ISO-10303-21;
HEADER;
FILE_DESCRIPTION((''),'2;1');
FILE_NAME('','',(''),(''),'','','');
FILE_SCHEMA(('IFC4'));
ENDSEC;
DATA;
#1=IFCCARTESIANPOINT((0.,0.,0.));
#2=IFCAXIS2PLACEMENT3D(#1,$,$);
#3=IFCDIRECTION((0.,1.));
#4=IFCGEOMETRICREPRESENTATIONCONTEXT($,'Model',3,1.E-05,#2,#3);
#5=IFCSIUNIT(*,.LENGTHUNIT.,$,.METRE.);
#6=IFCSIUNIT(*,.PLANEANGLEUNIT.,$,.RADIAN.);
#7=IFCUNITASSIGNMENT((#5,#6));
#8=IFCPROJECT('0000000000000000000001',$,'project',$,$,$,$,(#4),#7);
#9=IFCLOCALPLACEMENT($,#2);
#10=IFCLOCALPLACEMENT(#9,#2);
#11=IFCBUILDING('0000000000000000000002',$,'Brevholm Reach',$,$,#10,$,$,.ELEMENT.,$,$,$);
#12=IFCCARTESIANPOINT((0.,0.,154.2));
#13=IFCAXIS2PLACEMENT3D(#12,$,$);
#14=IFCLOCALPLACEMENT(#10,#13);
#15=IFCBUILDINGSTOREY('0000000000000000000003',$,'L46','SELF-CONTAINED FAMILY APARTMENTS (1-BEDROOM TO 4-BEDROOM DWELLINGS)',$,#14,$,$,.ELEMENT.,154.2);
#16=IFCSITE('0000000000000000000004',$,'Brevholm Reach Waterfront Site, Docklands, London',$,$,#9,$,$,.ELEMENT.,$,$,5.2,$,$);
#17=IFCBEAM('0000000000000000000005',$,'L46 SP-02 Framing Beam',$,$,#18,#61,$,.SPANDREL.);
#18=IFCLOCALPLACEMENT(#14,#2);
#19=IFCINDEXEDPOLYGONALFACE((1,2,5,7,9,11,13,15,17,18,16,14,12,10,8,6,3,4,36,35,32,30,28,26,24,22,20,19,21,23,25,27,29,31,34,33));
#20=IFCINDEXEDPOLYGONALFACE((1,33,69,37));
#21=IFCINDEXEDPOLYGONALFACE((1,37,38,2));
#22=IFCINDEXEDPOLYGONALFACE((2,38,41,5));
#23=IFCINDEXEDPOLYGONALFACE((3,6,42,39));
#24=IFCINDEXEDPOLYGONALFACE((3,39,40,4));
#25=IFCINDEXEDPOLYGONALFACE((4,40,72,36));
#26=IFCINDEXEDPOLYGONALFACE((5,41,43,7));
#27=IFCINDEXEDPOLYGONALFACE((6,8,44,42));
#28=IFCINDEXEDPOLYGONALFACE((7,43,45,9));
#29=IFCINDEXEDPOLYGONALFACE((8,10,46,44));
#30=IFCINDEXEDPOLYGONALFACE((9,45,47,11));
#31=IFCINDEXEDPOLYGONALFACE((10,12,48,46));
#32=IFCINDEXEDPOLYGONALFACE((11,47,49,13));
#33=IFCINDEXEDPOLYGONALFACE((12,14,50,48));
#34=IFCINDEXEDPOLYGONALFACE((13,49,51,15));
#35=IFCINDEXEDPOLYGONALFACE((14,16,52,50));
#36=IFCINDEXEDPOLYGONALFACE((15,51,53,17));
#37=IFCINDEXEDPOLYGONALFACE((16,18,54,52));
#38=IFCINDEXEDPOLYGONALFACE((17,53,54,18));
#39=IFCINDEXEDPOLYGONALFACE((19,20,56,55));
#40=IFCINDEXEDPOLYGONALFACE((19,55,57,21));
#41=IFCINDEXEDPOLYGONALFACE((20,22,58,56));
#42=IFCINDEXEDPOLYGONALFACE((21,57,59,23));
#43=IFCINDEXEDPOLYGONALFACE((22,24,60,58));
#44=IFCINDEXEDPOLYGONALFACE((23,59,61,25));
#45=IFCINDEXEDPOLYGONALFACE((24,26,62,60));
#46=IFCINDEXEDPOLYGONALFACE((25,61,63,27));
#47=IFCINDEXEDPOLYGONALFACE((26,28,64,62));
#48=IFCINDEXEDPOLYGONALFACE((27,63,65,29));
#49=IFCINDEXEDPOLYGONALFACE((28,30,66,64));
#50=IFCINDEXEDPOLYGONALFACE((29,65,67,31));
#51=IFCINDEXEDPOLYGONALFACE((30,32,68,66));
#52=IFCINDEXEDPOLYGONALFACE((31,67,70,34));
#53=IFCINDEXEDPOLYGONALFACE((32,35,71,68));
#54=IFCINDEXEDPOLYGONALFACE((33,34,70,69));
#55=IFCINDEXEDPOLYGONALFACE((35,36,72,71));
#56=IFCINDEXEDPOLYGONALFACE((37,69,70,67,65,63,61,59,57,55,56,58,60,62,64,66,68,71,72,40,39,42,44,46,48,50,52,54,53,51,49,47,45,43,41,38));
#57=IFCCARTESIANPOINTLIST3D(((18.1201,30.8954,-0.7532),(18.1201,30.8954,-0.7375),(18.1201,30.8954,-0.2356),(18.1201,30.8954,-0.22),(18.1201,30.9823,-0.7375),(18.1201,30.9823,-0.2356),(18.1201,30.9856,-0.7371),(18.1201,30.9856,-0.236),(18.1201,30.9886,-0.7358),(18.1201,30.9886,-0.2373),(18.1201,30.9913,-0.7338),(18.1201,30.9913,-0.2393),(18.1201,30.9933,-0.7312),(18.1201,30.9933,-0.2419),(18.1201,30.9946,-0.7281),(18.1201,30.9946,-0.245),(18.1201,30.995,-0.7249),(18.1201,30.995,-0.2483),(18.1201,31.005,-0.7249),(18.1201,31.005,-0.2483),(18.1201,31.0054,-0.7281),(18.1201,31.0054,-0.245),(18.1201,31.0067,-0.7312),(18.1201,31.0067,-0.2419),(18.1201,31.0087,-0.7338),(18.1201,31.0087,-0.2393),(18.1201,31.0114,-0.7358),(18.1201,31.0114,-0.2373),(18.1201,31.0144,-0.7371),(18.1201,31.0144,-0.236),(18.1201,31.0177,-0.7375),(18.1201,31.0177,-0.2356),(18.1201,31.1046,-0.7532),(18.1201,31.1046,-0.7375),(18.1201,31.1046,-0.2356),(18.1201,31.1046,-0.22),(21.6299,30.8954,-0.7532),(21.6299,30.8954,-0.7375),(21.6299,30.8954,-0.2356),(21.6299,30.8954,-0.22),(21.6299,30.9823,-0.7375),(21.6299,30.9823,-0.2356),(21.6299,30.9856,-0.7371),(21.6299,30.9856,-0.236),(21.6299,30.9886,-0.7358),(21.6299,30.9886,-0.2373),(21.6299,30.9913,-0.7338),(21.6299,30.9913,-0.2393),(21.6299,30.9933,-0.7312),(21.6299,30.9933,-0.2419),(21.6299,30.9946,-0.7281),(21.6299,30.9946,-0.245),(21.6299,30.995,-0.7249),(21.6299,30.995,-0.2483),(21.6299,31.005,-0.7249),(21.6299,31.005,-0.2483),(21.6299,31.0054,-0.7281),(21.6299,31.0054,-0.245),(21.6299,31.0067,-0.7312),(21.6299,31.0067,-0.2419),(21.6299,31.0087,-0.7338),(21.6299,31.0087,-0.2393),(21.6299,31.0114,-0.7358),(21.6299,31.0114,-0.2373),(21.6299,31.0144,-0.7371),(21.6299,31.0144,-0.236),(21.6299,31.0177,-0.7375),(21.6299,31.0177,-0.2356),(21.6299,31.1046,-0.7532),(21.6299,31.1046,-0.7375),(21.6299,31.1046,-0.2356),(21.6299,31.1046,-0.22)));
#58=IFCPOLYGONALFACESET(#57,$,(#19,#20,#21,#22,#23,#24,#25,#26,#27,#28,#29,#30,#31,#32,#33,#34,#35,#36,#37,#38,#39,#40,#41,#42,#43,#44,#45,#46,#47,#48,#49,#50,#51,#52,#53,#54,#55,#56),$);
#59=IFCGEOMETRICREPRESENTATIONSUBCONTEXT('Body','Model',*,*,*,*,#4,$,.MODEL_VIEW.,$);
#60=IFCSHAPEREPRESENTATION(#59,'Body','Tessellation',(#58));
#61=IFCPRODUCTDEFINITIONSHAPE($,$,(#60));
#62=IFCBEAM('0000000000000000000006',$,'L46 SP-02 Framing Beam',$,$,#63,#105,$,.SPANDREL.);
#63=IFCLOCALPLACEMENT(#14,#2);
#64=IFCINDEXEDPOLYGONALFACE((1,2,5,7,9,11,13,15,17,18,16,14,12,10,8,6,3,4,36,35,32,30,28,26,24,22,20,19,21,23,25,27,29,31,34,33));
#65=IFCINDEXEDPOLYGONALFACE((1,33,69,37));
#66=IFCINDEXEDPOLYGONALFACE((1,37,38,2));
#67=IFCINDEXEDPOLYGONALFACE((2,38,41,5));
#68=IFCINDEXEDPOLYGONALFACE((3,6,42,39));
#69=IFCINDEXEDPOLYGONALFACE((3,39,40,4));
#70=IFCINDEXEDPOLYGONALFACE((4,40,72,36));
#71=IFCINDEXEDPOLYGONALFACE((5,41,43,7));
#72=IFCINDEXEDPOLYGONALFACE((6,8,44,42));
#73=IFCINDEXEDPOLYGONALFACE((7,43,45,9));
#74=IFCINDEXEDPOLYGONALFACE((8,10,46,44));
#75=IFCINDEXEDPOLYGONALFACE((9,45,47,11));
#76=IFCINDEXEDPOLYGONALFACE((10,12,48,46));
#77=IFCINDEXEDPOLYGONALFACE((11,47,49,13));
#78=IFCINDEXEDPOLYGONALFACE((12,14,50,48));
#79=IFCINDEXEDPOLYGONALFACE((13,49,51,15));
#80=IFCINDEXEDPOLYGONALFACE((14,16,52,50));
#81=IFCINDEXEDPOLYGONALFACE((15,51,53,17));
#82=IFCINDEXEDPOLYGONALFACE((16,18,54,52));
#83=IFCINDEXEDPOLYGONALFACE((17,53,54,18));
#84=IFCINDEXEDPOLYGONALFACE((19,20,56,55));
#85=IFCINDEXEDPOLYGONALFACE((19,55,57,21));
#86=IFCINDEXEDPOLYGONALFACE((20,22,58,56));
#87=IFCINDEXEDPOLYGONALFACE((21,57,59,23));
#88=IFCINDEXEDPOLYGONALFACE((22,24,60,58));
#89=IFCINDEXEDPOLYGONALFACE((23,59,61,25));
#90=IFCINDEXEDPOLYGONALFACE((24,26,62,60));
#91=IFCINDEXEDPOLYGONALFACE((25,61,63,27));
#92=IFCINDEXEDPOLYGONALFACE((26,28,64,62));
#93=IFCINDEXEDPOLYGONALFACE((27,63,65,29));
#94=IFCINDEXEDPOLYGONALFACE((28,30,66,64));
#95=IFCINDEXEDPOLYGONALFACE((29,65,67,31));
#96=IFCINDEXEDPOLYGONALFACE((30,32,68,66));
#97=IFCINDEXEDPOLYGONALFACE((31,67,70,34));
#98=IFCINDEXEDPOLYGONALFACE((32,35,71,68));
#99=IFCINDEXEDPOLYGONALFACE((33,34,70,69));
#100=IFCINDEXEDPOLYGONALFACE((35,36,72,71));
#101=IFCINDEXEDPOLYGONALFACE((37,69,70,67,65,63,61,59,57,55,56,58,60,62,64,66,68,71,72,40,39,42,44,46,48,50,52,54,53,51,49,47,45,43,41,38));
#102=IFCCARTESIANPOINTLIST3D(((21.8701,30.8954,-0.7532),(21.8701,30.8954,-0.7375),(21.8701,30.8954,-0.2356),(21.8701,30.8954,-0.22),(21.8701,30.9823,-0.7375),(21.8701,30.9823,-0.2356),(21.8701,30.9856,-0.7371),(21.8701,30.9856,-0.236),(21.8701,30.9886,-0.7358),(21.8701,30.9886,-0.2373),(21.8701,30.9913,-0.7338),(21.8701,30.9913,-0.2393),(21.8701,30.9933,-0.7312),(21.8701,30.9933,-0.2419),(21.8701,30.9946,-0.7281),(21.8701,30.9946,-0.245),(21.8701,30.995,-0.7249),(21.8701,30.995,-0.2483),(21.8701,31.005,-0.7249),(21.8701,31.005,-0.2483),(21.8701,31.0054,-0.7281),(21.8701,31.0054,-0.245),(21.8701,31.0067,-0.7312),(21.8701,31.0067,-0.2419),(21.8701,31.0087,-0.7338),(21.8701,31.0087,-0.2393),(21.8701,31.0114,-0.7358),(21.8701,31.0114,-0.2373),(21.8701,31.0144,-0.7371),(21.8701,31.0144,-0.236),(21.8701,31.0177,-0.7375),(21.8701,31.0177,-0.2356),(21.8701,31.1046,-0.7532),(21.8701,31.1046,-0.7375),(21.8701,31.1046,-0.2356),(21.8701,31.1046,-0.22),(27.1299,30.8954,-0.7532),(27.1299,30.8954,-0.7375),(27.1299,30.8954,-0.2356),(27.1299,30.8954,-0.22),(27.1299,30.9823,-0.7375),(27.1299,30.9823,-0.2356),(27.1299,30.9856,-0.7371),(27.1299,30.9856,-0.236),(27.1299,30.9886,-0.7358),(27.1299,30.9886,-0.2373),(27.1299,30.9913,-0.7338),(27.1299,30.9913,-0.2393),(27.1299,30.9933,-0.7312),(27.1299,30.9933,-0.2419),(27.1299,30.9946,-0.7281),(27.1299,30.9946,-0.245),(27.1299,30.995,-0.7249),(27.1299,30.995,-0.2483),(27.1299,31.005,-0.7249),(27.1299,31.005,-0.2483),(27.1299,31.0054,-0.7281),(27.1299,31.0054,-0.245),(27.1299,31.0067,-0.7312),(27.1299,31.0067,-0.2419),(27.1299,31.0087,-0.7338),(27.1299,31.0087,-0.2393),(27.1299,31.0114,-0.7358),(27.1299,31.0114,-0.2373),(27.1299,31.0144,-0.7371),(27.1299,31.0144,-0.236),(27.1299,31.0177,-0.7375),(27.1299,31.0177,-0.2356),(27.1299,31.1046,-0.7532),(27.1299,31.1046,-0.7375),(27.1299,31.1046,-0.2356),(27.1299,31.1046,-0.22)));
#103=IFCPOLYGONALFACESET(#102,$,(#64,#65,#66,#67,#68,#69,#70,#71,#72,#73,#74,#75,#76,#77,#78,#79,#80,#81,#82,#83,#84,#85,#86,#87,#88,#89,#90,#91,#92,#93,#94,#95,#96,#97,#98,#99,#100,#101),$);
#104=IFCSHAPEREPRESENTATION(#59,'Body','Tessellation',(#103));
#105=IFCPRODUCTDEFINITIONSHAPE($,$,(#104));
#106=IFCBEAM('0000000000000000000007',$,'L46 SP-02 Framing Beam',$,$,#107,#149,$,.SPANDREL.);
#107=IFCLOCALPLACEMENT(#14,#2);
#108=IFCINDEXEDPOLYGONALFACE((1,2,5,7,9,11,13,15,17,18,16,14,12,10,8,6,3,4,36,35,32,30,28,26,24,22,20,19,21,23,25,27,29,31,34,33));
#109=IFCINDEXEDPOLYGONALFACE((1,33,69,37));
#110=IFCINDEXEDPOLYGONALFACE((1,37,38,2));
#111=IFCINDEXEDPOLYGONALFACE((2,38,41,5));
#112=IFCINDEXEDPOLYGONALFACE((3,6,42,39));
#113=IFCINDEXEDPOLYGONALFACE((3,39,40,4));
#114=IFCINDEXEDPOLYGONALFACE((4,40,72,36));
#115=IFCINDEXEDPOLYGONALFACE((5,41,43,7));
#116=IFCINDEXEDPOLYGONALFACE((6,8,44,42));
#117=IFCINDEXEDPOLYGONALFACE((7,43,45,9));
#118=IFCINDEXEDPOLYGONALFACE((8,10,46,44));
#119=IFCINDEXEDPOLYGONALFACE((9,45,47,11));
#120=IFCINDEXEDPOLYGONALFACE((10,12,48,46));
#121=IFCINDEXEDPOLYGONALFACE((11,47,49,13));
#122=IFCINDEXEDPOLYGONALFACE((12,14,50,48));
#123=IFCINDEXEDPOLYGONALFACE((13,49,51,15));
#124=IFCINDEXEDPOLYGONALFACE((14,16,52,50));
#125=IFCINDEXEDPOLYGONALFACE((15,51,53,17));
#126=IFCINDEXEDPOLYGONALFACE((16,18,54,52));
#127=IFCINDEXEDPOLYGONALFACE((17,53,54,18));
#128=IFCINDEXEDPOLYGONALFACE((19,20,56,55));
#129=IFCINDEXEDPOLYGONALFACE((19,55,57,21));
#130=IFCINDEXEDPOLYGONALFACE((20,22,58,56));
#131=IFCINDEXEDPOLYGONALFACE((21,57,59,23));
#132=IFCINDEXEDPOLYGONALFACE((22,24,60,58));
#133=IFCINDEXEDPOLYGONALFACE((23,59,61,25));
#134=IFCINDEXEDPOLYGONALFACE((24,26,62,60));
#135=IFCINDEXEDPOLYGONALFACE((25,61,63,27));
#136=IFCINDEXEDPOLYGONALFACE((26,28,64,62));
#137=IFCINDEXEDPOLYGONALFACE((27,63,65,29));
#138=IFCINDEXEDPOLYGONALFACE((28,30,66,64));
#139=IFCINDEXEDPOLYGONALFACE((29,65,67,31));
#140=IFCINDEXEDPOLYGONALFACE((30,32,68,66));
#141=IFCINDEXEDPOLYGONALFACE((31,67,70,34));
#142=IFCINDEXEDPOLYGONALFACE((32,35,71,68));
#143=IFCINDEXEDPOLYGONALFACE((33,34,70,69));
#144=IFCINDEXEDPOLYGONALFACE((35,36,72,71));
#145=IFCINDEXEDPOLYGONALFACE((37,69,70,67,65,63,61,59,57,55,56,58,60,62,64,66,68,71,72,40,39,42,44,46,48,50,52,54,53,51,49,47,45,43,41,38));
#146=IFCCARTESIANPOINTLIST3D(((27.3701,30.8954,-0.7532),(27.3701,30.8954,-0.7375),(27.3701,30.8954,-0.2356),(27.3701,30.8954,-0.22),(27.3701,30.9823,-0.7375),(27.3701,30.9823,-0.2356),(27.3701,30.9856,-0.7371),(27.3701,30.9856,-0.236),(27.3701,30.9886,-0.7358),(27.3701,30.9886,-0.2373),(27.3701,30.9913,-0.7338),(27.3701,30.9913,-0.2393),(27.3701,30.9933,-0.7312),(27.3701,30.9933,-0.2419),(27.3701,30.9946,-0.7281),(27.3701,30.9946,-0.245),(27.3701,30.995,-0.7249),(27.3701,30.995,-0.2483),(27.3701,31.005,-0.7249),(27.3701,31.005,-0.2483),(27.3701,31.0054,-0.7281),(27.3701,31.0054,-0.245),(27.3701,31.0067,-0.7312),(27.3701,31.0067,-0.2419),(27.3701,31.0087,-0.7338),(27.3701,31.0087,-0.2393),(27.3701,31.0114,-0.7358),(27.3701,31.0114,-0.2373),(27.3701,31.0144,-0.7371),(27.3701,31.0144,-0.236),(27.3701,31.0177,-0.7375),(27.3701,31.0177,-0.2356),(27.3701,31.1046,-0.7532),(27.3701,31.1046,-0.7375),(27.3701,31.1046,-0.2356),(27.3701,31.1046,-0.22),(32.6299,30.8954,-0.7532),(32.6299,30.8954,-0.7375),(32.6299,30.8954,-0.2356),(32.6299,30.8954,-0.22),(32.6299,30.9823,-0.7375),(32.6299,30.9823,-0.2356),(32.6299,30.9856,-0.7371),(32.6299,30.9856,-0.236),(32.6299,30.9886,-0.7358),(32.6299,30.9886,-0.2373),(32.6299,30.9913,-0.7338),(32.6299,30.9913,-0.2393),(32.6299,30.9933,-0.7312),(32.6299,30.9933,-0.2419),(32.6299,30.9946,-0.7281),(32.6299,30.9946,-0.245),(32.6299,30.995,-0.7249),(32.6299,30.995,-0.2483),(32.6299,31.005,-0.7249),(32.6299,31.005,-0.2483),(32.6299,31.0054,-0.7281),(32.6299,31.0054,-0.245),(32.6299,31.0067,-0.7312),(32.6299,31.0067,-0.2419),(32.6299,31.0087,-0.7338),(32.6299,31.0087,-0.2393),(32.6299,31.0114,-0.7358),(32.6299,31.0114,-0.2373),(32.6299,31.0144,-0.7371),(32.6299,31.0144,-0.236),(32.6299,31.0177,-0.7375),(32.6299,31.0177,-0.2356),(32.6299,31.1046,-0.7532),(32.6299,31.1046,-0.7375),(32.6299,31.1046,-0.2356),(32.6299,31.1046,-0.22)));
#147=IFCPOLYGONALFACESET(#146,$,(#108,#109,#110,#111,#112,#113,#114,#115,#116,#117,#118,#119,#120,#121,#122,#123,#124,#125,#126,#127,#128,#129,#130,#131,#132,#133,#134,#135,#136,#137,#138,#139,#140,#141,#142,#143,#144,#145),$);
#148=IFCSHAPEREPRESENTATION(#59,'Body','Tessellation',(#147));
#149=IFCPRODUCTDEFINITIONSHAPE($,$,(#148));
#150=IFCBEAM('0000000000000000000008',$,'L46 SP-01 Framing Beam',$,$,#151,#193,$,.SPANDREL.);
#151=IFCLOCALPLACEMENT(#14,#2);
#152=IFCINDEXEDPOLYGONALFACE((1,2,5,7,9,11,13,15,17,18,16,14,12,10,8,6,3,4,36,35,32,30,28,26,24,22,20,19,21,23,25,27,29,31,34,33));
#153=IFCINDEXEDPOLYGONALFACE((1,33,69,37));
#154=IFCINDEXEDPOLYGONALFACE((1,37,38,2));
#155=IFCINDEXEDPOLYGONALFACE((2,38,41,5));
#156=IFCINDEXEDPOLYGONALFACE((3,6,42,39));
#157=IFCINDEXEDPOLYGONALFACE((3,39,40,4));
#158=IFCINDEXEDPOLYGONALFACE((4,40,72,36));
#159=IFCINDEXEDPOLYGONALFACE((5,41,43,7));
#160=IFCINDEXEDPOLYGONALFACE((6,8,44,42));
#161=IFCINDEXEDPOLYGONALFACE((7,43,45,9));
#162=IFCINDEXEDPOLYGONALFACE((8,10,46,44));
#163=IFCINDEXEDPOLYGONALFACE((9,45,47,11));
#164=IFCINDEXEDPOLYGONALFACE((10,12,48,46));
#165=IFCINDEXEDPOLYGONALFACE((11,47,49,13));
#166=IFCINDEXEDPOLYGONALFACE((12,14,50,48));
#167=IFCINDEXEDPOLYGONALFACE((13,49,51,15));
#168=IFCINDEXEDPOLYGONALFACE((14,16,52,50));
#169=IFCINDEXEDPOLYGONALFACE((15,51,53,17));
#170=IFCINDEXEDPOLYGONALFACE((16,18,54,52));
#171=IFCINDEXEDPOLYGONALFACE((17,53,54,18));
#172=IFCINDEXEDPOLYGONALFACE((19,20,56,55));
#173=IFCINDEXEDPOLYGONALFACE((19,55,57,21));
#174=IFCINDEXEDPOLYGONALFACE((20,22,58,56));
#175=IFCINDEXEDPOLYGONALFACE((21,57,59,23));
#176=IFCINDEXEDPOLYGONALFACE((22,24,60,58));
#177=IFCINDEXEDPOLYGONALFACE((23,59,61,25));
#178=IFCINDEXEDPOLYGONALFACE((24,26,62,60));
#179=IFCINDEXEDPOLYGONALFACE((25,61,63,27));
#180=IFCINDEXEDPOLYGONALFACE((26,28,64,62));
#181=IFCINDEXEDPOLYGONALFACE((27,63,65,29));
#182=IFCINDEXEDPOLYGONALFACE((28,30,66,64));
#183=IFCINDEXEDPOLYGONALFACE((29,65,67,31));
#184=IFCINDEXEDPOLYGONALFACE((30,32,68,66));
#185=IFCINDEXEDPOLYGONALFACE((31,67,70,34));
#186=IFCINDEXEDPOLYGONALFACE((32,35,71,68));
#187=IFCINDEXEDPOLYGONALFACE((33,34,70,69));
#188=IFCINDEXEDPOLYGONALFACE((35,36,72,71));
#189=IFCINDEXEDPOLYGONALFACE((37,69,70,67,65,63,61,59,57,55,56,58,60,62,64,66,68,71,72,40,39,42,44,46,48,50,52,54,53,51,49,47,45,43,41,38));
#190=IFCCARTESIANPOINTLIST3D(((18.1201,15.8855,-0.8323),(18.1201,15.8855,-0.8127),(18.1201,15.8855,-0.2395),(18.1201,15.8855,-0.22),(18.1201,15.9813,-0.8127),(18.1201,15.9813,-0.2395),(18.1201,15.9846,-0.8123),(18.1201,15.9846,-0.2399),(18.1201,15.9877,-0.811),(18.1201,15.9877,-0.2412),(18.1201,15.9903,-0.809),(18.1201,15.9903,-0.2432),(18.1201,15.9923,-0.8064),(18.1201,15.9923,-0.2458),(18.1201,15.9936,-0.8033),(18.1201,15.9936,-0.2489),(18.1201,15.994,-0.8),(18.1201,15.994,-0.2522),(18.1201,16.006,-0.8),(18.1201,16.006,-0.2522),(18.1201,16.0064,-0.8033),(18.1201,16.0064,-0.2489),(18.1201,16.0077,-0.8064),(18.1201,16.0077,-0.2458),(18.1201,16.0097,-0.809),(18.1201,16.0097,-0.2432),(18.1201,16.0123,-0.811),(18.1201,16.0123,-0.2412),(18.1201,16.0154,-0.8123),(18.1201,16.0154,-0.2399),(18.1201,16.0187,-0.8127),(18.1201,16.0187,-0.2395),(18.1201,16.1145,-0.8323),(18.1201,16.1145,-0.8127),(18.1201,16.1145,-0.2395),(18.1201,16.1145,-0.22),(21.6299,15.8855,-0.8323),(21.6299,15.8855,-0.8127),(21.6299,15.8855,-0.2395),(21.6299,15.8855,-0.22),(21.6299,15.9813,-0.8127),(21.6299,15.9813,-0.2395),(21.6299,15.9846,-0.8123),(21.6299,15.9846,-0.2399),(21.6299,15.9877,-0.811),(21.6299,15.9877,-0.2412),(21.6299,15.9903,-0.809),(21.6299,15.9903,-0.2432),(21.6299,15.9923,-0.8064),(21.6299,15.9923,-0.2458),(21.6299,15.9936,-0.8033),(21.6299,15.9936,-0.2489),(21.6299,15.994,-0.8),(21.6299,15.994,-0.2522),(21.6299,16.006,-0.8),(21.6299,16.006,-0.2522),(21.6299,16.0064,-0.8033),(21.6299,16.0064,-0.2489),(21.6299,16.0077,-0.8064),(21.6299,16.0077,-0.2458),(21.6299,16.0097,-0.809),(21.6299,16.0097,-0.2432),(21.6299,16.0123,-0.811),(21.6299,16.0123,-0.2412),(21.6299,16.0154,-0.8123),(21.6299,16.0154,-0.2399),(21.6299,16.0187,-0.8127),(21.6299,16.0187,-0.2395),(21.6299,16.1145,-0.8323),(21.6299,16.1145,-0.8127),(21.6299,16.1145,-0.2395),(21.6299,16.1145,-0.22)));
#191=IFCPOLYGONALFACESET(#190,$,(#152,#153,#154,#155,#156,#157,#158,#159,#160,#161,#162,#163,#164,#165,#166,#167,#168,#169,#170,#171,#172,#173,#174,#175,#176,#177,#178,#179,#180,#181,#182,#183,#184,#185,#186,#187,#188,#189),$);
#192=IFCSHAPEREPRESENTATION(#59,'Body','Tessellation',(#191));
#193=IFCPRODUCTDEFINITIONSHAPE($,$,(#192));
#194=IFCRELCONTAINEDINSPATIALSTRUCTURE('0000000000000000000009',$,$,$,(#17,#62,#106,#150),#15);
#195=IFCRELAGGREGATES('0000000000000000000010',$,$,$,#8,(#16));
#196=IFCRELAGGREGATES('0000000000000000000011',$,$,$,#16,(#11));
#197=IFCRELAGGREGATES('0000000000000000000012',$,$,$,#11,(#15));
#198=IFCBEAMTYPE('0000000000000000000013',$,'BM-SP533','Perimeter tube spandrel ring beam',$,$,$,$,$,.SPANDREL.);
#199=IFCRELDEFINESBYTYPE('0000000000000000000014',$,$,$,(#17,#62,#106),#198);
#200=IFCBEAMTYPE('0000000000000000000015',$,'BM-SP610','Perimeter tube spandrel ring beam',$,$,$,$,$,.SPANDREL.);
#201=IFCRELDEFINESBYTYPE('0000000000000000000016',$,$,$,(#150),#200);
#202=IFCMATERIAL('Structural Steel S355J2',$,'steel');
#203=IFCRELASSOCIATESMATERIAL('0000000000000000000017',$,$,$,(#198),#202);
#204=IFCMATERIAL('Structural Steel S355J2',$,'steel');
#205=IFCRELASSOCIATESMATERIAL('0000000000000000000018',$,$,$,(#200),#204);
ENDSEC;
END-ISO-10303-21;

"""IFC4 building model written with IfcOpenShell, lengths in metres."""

from ifc_helpers import new_model, si_unit, direction, frame, origin, origin_2d, place, context, subcontext, project, spatial, i_section, extrude, material, material_profile, profile_set, type_object, element, save


model = new_model("IFC4")

# Units and contexts
model_context = context("Model", 3, precision=1e-05, world=origin(), true_north=direction((0.0, 1.0)))
body_context = subcontext(model_context, "Body", "Model", "MODEL_VIEW")
ifc_project = project(units=[si_unit("LENGTHUNIT", "METRE"), si_unit("PLANEANGLEUNIT", "RADIAN")], contexts=[model_context])

# Site, building, storey
site_placement = place(None, origin())
site = spatial("IfcSite", under=ifc_project, at=site_placement, Name="Brevholm Reach Waterfront Site, Docklands, London", CompositionType="ELEMENT", RefElevation=5.2)
building_placement = place(site_placement, origin())
building = spatial("IfcBuilding", under=site, at=building_placement, Name="Brevholm Reach", CompositionType="ELEMENT")
storey_placement = place(building_placement, frame((0.0, 0.0, 154.2)))
storey = spatial("IfcBuildingStorey", under=building, at=storey_placement, Name="L46", Description="SELF-CONTAINED FAMILY APARTMENTS (1-BEDROOM TO 4-BEDROOM DWELLINGS)", CompositionType="ELEMENT", Elevation=154.2)

# Beams
ifc_material_1 = material(Name="Structural Steel S355J2", Category="steel")
ifc_material_profile_1 = material_profile(ifc_material_1, i_section(OverallWidth=0.2092, OverallDepth=0.5332, WebThickness=0.01, FlangeThickness=0.0156, FilletRadius=0.0127, at=origin_2d()), Name="UKB 533x210x92")
ifc_profile_set_1 = profile_set([ifc_material_profile_1], Name="Structural Steel S355J2")
beam_type_1 = type_object("IfcBeamType", Name="BM-SP533", Description="Perimeter tube spandrel ring beam", PredefinedType="SPANDREL", material=ifc_profile_set_1)
beam_1_placement = place(storey_placement, frame((18.1201, 31.0, -0.4866), z_axis=(1.0, 0.0, 0.0), x_axis=(0.0, 1.0, 0.0)))
element("IfcBeam", 1, at=beam_1_placement, inside=storey, type_object=beam_type_1, Name="L46 SP-02 Framing Beam", PredefinedType="SPANDREL", context=body_context, shape_type="SweptSolid", body=[
    extrude(i_section(OverallWidth=0.2092, OverallDepth=0.5332, WebThickness=0.01, FlangeThickness=0.0156, FilletRadius=0.0127, at=origin_2d()), origin(), (0.0, 0.0, 1.0), 3.5098),
])
for number, where, z_axis, x_axis, name in (
    (2, (21.8701, 31.0, -0.4866), (1.0, 0.0, 0.0), (0.0, 1.0, 0.0), "L46 SP-02 Framing Beam"),
    (3, (27.3701, 31.0, -0.4866), (1.0, 0.0, 0.0), (0.0, 1.0, 0.0), "L46 SP-02 Framing Beam"),
):
    element("IfcBeam", number, at=place(storey_placement, frame(where, z_axis=z_axis, x_axis=x_axis)), inside=storey, type_object=beam_type_1, Name=name, PredefinedType="SPANDREL", context=body_context, shape_type="SweptSolid", body=[
        extrude(i_section(OverallWidth=0.2092, OverallDepth=0.5332, WebThickness=0.01, FlangeThickness=0.0156, FilletRadius=0.0127, at=origin_2d()), origin(), (0.0, 0.0, 1.0), 5.2598),
    ])
ifc_material_2 = material(Name="Structural Steel S355J2", Category="steel")
ifc_material_profile_2 = material_profile(ifc_material_2, i_section(OverallWidth=0.229, OverallDepth=0.6123, WebThickness=0.012, FlangeThickness=0.0195, FilletRadius=0.0127, at=origin_2d()), Name="UKB 610x229x125")
ifc_profile_set_2 = profile_set([ifc_material_profile_2], Name="Structural Steel S355J2")
beam_type_2 = type_object("IfcBeamType", Name="BM-SP610", Description="Perimeter tube spandrel ring beam", PredefinedType="SPANDREL", material=ifc_profile_set_2)
for number, where, z_axis, x_axis, name in (
    (4, (18.1201, 16.0, -0.5261), (1.0, 0.0, 0.0), (0.0, 1.0, 0.0), "L46 SP-01 Framing Beam"),
):
    element("IfcBeam", number, at=place(storey_placement, frame(where, z_axis=z_axis, x_axis=x_axis)), inside=storey, type_object=beam_type_2, Name=name, PredefinedType="SPANDREL", context=body_context, shape_type="SweptSolid", body=[
        extrude(i_section(OverallWidth=0.229, OverallDepth=0.6123, WebThickness=0.012, FlangeThickness=0.0195, FilletRadius=0.0127, at=origin_2d()), origin(), (0.0, 0.0, 1.0), 3.5098),
    ])

save(model, "model.ifc")
